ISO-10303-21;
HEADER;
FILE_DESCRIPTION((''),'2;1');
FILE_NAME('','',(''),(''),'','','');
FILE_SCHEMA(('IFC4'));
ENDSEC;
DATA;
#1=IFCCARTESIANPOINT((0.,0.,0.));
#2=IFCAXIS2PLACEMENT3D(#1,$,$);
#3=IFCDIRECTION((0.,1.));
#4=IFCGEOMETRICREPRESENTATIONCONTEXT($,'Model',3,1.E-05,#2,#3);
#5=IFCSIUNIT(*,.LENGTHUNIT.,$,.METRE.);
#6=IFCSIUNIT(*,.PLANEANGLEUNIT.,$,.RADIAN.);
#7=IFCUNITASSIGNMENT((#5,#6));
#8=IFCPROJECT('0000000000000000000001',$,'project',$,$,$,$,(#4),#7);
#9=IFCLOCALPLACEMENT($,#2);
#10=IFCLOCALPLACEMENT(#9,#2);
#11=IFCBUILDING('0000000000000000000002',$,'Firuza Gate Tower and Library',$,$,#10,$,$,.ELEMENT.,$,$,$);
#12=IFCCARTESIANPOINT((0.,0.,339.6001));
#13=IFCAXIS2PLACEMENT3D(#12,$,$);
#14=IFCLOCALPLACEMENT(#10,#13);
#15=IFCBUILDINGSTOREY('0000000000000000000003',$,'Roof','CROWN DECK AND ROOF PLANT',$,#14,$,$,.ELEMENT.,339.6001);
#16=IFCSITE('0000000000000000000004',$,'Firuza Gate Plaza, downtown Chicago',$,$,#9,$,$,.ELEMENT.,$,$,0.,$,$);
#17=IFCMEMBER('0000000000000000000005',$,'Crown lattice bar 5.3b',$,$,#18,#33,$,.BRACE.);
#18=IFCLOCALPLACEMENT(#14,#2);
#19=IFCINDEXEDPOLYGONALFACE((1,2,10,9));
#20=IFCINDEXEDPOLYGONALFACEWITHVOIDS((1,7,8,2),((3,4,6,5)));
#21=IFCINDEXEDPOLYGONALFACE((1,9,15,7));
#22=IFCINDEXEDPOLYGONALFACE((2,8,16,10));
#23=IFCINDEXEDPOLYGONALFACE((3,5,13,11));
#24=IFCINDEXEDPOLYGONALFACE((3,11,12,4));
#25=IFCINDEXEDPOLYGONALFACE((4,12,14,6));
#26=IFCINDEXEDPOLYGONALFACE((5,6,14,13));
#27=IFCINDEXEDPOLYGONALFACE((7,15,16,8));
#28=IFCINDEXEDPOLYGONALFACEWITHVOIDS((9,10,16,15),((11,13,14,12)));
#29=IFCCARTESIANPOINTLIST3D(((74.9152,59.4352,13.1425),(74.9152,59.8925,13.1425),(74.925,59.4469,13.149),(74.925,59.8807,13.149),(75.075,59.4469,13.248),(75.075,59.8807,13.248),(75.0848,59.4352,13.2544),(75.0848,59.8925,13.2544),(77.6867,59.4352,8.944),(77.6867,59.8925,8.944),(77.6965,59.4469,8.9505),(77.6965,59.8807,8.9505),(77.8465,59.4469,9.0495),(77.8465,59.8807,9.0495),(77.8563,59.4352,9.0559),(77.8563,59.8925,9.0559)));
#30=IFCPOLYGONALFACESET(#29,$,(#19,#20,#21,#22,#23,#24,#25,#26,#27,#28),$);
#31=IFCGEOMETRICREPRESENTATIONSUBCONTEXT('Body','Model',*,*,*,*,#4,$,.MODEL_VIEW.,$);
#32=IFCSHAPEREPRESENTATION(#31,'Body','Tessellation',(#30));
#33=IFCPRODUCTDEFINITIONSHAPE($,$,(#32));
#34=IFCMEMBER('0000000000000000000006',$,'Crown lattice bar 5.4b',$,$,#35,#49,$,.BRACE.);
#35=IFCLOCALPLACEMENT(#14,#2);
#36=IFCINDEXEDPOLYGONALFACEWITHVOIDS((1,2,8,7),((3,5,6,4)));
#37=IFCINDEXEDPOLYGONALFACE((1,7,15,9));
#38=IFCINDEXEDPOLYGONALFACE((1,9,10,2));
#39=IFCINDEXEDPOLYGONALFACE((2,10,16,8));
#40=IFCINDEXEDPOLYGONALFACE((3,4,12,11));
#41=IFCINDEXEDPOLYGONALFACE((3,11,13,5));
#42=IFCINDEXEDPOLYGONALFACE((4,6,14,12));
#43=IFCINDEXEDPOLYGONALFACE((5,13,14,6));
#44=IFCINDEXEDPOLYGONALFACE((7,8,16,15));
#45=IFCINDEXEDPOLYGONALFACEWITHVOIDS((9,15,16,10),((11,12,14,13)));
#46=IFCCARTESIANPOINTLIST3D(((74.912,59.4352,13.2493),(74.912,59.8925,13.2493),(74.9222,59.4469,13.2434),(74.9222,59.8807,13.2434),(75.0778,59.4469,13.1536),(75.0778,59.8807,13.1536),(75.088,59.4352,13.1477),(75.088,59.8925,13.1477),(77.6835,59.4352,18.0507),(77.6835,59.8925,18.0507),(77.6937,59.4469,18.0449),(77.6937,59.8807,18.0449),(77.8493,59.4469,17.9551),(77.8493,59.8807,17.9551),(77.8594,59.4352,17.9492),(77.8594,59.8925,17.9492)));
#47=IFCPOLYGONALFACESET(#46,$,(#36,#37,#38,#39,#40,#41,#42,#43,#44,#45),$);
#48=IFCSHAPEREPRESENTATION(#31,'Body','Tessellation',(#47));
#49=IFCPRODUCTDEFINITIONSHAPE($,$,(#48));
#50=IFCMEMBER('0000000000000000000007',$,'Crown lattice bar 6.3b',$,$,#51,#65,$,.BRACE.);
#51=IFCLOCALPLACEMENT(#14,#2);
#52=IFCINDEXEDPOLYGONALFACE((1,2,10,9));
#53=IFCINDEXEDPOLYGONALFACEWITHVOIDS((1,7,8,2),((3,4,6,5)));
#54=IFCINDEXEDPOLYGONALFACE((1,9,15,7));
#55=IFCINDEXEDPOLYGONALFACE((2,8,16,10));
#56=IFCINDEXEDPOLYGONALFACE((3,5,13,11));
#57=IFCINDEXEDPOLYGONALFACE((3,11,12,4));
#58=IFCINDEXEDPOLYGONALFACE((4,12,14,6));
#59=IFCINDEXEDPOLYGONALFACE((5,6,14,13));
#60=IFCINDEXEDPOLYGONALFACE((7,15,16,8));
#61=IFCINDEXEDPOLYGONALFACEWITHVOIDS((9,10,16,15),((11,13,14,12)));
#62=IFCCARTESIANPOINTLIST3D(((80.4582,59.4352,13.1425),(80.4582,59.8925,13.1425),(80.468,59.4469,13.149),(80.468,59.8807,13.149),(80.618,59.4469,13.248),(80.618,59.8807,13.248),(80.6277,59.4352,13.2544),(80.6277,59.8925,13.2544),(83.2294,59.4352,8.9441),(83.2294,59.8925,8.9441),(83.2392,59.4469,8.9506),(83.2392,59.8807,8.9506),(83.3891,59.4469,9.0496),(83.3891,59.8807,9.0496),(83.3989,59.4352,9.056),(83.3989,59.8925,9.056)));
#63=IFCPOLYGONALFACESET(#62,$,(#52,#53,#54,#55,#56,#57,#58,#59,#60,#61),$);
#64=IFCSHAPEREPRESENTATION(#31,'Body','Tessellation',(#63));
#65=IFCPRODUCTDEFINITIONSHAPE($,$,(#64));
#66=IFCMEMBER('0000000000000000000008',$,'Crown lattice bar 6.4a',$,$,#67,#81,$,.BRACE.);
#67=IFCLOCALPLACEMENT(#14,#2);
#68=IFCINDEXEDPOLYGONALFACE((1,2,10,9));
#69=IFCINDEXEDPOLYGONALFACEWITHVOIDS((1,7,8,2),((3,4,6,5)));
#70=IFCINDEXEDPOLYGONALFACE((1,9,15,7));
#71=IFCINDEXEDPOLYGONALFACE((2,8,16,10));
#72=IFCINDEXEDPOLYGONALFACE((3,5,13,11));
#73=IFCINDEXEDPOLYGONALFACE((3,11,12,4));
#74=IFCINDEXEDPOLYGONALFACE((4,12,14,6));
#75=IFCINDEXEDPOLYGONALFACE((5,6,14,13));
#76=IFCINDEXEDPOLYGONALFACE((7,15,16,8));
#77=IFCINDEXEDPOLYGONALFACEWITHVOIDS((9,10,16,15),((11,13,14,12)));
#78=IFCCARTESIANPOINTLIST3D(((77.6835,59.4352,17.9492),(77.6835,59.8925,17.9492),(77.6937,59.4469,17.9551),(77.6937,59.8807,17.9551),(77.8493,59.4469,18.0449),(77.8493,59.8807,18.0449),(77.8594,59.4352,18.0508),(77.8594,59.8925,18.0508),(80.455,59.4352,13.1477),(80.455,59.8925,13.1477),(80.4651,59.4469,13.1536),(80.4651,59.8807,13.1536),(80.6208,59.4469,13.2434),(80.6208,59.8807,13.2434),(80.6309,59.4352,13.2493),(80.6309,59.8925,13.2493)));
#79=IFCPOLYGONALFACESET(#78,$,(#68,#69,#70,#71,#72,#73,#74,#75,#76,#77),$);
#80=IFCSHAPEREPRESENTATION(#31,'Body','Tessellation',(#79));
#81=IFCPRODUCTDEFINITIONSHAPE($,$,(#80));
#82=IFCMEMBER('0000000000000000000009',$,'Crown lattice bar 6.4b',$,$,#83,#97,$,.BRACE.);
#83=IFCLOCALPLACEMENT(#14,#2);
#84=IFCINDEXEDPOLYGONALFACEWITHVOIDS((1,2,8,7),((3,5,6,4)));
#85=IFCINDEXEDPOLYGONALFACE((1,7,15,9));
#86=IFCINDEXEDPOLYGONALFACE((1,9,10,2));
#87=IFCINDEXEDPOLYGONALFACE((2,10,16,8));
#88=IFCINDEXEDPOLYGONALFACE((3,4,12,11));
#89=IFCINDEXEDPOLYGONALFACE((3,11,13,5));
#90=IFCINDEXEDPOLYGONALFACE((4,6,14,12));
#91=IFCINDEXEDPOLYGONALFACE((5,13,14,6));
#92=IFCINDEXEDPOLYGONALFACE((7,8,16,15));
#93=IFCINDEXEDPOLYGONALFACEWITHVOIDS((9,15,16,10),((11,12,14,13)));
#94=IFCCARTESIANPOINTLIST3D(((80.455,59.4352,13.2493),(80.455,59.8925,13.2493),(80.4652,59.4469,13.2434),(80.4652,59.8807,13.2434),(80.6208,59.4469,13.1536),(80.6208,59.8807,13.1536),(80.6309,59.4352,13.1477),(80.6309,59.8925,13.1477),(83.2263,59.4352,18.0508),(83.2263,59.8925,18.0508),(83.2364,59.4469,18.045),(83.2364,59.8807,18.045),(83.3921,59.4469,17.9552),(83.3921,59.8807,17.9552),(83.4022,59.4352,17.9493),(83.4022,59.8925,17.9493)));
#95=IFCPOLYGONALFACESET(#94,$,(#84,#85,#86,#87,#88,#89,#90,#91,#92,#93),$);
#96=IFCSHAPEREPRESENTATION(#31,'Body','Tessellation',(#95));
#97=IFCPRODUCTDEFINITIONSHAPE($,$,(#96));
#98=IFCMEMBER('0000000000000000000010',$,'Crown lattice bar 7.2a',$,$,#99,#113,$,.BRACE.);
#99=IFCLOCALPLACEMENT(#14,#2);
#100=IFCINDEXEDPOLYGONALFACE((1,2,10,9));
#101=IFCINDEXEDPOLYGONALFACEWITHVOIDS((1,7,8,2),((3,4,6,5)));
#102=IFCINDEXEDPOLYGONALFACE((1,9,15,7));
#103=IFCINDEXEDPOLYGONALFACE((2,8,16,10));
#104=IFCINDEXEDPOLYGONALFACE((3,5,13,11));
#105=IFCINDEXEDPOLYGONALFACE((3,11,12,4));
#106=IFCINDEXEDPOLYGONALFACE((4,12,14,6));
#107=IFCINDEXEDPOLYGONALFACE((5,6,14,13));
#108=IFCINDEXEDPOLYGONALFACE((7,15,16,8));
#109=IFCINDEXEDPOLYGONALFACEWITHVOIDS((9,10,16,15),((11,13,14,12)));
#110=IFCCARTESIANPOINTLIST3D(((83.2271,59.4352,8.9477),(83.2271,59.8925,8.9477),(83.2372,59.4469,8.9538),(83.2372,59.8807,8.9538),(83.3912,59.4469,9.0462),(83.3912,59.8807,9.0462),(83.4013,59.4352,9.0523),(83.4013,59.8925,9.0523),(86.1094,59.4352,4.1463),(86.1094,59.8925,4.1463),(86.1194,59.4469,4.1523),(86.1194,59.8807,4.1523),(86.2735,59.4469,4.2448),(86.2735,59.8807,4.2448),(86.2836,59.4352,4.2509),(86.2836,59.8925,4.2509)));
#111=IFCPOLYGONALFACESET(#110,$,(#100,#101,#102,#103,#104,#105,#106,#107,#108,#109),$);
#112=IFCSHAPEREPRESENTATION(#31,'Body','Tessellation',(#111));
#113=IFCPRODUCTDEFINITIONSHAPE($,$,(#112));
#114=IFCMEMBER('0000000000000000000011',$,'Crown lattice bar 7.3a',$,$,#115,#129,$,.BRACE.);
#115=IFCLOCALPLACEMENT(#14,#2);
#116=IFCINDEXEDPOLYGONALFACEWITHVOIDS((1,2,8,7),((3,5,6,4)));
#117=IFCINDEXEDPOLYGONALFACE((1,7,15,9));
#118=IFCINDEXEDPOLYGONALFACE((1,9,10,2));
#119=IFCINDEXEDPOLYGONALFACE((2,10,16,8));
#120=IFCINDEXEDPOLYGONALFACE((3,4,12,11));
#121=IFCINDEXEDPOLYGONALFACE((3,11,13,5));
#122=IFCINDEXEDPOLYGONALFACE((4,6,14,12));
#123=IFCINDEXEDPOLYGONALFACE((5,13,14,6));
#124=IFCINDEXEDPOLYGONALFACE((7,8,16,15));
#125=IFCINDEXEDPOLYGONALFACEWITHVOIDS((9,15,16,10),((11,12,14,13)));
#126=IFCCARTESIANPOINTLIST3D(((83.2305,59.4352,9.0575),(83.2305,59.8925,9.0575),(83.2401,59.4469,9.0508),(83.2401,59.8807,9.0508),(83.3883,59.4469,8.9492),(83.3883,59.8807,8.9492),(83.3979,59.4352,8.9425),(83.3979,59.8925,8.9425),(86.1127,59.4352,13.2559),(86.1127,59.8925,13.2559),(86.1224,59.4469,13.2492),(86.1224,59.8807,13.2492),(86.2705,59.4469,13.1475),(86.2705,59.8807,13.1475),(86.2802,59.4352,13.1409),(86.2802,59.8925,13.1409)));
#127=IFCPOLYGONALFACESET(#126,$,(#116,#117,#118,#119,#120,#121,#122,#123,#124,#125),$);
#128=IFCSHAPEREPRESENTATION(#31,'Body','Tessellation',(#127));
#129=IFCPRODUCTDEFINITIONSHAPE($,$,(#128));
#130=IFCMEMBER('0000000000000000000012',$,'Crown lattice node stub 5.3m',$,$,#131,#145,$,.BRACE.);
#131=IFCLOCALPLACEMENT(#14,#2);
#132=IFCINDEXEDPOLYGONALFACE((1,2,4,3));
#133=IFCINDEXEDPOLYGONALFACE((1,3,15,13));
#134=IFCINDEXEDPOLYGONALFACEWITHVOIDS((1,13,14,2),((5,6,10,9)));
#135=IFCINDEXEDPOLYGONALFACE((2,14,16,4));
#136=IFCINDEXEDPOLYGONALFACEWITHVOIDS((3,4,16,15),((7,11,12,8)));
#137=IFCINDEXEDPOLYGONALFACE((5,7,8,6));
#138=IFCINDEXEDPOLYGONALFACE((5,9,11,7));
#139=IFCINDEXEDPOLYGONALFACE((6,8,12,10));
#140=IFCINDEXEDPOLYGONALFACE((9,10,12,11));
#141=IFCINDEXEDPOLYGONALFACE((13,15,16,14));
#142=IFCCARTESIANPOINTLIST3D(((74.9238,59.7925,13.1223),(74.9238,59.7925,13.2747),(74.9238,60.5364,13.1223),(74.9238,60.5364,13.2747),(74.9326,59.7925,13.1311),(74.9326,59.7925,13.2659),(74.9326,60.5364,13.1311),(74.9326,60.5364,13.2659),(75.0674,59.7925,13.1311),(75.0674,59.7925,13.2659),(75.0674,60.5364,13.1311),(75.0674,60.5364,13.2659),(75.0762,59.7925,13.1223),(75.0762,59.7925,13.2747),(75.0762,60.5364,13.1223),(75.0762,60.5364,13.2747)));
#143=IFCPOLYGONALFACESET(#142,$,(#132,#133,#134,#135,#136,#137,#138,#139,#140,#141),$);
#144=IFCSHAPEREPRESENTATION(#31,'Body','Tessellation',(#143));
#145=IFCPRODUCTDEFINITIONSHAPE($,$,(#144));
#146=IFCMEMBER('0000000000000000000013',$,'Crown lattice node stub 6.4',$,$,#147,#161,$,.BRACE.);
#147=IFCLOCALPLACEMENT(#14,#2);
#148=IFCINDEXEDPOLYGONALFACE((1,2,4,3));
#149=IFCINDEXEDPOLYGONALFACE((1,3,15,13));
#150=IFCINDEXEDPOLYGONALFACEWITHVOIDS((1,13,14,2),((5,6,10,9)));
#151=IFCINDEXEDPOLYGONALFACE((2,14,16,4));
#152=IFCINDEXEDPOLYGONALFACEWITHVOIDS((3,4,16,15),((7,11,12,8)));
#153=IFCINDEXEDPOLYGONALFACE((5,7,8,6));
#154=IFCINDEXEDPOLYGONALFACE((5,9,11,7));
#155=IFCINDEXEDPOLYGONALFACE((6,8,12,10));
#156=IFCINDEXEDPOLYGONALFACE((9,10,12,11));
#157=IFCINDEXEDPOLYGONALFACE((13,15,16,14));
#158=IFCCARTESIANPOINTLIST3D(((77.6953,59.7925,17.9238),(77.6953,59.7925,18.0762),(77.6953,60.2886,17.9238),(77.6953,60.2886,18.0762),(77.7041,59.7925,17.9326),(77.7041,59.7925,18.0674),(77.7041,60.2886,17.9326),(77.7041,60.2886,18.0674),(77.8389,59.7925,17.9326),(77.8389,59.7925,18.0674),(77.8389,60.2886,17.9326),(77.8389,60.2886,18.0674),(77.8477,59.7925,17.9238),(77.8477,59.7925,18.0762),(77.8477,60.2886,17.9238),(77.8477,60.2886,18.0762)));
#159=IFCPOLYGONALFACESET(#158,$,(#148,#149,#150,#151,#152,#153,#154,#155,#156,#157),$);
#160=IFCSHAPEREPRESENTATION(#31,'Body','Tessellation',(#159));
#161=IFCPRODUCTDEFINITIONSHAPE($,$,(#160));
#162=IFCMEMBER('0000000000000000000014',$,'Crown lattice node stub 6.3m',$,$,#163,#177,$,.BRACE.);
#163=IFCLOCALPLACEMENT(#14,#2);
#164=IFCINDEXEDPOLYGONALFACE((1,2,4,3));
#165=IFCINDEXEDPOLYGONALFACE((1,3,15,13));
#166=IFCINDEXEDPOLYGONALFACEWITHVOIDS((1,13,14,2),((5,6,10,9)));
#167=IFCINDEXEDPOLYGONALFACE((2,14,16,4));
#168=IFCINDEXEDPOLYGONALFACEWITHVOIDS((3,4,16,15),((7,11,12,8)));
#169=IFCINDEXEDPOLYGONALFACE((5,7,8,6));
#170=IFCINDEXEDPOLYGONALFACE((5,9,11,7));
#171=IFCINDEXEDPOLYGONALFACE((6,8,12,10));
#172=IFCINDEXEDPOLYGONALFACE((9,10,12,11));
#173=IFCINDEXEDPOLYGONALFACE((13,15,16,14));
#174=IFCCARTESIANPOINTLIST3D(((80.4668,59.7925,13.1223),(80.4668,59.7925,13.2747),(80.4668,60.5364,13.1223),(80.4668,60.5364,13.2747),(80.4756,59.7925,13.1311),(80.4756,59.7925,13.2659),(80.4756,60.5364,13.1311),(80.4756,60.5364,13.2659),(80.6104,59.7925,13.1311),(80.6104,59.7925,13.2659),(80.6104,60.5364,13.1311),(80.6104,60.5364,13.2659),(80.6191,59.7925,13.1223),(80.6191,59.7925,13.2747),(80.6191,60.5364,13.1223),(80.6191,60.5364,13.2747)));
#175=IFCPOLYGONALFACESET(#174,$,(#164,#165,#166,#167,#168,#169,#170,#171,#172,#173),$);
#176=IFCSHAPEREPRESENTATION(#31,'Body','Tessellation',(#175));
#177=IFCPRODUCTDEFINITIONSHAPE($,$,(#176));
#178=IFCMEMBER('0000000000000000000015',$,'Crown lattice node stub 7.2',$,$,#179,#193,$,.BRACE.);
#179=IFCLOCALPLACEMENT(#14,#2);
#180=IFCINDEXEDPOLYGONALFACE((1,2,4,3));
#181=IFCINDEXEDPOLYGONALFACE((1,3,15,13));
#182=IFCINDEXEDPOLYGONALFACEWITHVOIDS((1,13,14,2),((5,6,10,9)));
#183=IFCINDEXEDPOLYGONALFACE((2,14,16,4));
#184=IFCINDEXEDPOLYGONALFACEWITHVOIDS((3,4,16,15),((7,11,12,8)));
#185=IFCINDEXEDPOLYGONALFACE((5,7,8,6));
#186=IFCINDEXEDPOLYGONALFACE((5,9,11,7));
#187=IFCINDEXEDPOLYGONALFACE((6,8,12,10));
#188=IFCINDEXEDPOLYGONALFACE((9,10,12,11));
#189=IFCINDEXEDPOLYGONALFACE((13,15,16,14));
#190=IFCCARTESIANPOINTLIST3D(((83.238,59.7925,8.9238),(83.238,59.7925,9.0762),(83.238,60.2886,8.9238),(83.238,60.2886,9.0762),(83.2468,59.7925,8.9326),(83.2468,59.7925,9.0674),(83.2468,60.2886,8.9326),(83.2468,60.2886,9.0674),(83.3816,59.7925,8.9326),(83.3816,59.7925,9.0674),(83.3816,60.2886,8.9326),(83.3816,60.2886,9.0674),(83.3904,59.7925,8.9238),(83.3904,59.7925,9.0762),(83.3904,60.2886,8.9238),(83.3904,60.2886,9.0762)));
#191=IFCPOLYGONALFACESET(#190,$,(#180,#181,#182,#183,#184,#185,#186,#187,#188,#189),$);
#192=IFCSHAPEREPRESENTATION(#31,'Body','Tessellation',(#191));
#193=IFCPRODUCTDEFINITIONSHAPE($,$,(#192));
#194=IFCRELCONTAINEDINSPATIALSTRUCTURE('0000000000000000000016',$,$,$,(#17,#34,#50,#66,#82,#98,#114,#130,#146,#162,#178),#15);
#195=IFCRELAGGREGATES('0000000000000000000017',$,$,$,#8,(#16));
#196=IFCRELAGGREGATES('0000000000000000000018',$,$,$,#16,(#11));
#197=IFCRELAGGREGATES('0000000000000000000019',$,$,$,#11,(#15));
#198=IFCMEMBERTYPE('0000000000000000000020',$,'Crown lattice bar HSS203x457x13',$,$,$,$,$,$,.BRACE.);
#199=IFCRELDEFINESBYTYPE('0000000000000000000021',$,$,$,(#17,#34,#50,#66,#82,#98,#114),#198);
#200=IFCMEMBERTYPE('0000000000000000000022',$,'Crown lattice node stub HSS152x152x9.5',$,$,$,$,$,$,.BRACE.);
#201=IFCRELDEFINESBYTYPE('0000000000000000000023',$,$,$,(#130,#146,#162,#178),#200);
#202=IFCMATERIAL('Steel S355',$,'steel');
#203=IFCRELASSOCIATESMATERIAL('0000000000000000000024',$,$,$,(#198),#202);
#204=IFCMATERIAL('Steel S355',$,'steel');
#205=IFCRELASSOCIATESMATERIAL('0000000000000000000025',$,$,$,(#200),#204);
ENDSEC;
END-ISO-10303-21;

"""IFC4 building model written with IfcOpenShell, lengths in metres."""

from ifc_helpers import new_model, si_unit, direction, frame, origin, origin_2d, place, context, subcontext, project, spatial, hollow_rectangle, extrude, material, material_profile, profile_set, type_object, element, save


model = new_model("IFC4")

# Units and contexts
model_context = context("Model", 3, precision=1e-05, world=origin(), true_north=direction((0.0, 1.0)))
body_context = subcontext(model_context, "Body", "Model", "MODEL_VIEW")
ifc_project = project(units=[si_unit("LENGTHUNIT", "METRE"), si_unit("PLANEANGLEUNIT", "RADIAN")], contexts=[model_context])

# Site, building, storey
site_placement = place(None, origin())
site = spatial("IfcSite", under=ifc_project, at=site_placement, Name="Firuza Gate Plaza, downtown Chicago", CompositionType="ELEMENT", RefElevation=0.0)
building_placement = place(site_placement, origin())
building = spatial("IfcBuilding", under=site, at=building_placement, Name="Firuza Gate Tower and Library", CompositionType="ELEMENT")
storey_placement = place(building_placement, frame((0.0, 0.0, 339.6001)))
storey = spatial("IfcBuildingStorey", under=building, at=storey_placement, Name="Roof", Description="CROWN DECK AND ROOF PLANT", CompositionType="ELEMENT", Elevation=339.6001)

# Members
ifc_material_1 = material(Name="Steel S355", Category="steel")
ifc_material_profile_1 = material_profile(ifc_material_1, hollow_rectangle(XDim=0.4573, YDim=0.2031, WallThickness=0.0117, at=origin_2d()))
ifc_profile_set_1 = profile_set([ifc_material_profile_1], Name="Steel S355")
member_type_1 = type_object("IfcMemberType", Name="Crown lattice bar HSS203x457x13", PredefinedType="BRACE", material=ifc_profile_set_1)
member_1_placement = place(storey_placement, frame((75.0, 59.6638, 13.1985), z_axis=(0.550909, 0.0, -0.834565), x_axis=(0.0, 1.0, 0.0)))
element("IfcMember", 1, at=member_1_placement, inside=storey, type_object=member_type_1, Name="Crown lattice bar 5.3b", PredefinedType="BRACE", context=body_context, shape_type="SweptSolid", body=[
    extrude(hollow_rectangle(XDim=0.4573, YDim=0.2031, WallThickness=0.0117, at=origin_2d()), origin(), (0.0, 0.0, 1.0), 5.0308),
])
member_2_placement = place(storey_placement, frame((75.0, 59.6638, 13.1985), z_axis=(0.499909, 0.0, 0.866078), x_axis=(0.0, 1.0, 0.0)))
element("IfcMember", 2, at=member_2_placement, inside=storey, type_object=member_type_1, Name="Crown lattice bar 5.4b", PredefinedType="BRACE", context=body_context, shape_type="SweptSolid", body=[
    extrude(hollow_rectangle(XDim=0.4573, YDim=0.2031, WallThickness=0.0117, at=origin_2d()), origin(), (0.0, 0.0, 1.0), 5.5439),
])
member_3_placement = place(storey_placement, frame((80.543, 59.6638, 13.1985), z_axis=(0.550875, 0.0, -0.834588), x_axis=(0.0, 1.0, 0.0)))
element("IfcMember", 3, at=member_3_placement, inside=storey, type_object=member_type_1, Name="Crown lattice bar 6.3b", PredefinedType="BRACE", context=body_context, shape_type="SweptSolid", body=[
    extrude(hollow_rectangle(XDim=0.4573, YDim=0.2031, WallThickness=0.0117, at=origin_2d()), origin(), (0.0, 0.0, 1.0), 5.0305),
])
for number, where, z_axis, x_axis, name in (
    (4, (77.7715, 59.6638, 18.0), (0.499909, 0.0, -0.866078), (0.0, 1.0, 0.0), "Crown lattice bar 6.4a"),
    (5, (80.543, 59.6638, 13.1985), (0.499876, 0.0, 0.866097), (0.0, 1.0, 0.0), "Crown lattice bar 6.4b"),
):
    element("IfcMember", number, at=place(storey_placement, frame(where, z_axis=z_axis, x_axis=x_axis)), inside=storey, type_object=member_type_1, Name=name, PredefinedType="BRACE", context=body_context, shape_type="SweptSolid", body=[
        extrude(hollow_rectangle(XDim=0.4573, YDim=0.2031, WallThickness=0.0117, at=origin_2d()), origin(), (0.0, 0.0, 1.0), 5.5439),
    ])
member_4_placement = place(storey_placement, frame((83.3142, 59.6638, 9.0), z_axis=(0.514682, 0.0, -0.857381), x_axis=(0.0, 1.0, 0.0)))
element("IfcMember", 6, at=member_4_placement, inside=storey, type_object=member_type_1, Name="Crown lattice bar 7.2a", PredefinedType="BRACE", context=body_context, shape_type="SweptSolid", body=[
    extrude(hollow_rectangle(XDim=0.4573, YDim=0.2031, WallThickness=0.0117, at=origin_2d()), origin(), (0.0, 0.0, 1.0), 5.6001),
])
member_5_placement = place(storey_placement, frame((83.3142, 59.6638, 9.0), z_axis=(0.565977, 0.0, 0.824421), x_axis=(0.0, 1.0, 0.0)))
element("IfcMember", 7, at=member_5_placement, inside=storey, type_object=member_type_1, Name="Crown lattice bar 7.3a", PredefinedType="BRACE", context=body_context, shape_type="SweptSolid", body=[
    extrude(hollow_rectangle(XDim=0.4573, YDim=0.2031, WallThickness=0.0117, at=origin_2d()), origin(), (0.0, 0.0, 1.0), 5.0925),
])
ifc_material_2 = material(Name="Steel S355", Category="steel")
ifc_material_profile_2 = material_profile(ifc_material_2, hollow_rectangle(XDim=0.1523, YDim=0.1523, WallThickness=0.0088, at=origin_2d()))
ifc_profile_set_2 = profile_set([ifc_material_profile_2], Name="Steel S355")
member_type_2 = type_object("IfcMemberType", Name="Crown lattice node stub HSS152x152x9.5", PredefinedType="BRACE", material=ifc_profile_set_2)
member_6_placement = place(storey_placement, frame((75.0, 60.5364, 13.1985), z_axis=(0.0, -1.0, 0.0), x_axis=(1.0, 0.0, 0.0)))
element("IfcMember", 8, at=member_6_placement, inside=storey, type_object=member_type_2, Name="Crown lattice node stub 5.3m", PredefinedType="BRACE", context=body_context, shape_type="SweptSolid", body=[
    extrude(hollow_rectangle(XDim=0.1523, YDim=0.1523, WallThickness=0.0088, at=origin_2d()), origin(), (0.0, 0.0, 1.0), 0.7439),
])
member_7_placement = place(storey_placement, frame((77.7715, 60.2886, 18.0), z_axis=(0.0, -1.0, 0.0), x_axis=(1.0, 0.0, 0.0)))
element("IfcMember", 9, at=member_7_placement, inside=storey, type_object=member_type_2, Name="Crown lattice node stub 6.4", PredefinedType="BRACE", context=body_context, shape_type="SweptSolid", body=[
    extrude(hollow_rectangle(XDim=0.1523, YDim=0.1523, WallThickness=0.0088, at=origin_2d()), origin(), (0.0, 0.0, 1.0), 0.4961),
])
member_8_placement = place(storey_placement, frame((80.543, 60.5364, 13.1985), z_axis=(0.0, -1.0, 0.0), x_axis=(1.0, 0.0, 0.0)))
element("IfcMember", 10, at=member_8_placement, inside=storey, type_object=member_type_2, Name="Crown lattice node stub 6.3m", PredefinedType="BRACE", context=body_context, shape_type="SweptSolid", body=[
    extrude(hollow_rectangle(XDim=0.1523, YDim=0.1523, WallThickness=0.0088, at=origin_2d()), origin(), (0.0, 0.0, 1.0), 0.7439),
])
member_9_placement = place(storey_placement, frame((83.3142, 60.2886, 9.0), z_axis=(0.0, -1.0, 0.0), x_axis=(1.0, 0.0, 0.0)))
element("IfcMember", 11, at=member_9_placement, inside=storey, type_object=member_type_2, Name="Crown lattice node stub 7.2", PredefinedType="BRACE", context=body_context, shape_type="SweptSolid", body=[
    extrude(hollow_rectangle(XDim=0.1523, YDim=0.1523, WallThickness=0.0088, at=origin_2d()), origin(), (0.0, 0.0, 1.0), 0.4961),
])

save(model, "model.ifc")
